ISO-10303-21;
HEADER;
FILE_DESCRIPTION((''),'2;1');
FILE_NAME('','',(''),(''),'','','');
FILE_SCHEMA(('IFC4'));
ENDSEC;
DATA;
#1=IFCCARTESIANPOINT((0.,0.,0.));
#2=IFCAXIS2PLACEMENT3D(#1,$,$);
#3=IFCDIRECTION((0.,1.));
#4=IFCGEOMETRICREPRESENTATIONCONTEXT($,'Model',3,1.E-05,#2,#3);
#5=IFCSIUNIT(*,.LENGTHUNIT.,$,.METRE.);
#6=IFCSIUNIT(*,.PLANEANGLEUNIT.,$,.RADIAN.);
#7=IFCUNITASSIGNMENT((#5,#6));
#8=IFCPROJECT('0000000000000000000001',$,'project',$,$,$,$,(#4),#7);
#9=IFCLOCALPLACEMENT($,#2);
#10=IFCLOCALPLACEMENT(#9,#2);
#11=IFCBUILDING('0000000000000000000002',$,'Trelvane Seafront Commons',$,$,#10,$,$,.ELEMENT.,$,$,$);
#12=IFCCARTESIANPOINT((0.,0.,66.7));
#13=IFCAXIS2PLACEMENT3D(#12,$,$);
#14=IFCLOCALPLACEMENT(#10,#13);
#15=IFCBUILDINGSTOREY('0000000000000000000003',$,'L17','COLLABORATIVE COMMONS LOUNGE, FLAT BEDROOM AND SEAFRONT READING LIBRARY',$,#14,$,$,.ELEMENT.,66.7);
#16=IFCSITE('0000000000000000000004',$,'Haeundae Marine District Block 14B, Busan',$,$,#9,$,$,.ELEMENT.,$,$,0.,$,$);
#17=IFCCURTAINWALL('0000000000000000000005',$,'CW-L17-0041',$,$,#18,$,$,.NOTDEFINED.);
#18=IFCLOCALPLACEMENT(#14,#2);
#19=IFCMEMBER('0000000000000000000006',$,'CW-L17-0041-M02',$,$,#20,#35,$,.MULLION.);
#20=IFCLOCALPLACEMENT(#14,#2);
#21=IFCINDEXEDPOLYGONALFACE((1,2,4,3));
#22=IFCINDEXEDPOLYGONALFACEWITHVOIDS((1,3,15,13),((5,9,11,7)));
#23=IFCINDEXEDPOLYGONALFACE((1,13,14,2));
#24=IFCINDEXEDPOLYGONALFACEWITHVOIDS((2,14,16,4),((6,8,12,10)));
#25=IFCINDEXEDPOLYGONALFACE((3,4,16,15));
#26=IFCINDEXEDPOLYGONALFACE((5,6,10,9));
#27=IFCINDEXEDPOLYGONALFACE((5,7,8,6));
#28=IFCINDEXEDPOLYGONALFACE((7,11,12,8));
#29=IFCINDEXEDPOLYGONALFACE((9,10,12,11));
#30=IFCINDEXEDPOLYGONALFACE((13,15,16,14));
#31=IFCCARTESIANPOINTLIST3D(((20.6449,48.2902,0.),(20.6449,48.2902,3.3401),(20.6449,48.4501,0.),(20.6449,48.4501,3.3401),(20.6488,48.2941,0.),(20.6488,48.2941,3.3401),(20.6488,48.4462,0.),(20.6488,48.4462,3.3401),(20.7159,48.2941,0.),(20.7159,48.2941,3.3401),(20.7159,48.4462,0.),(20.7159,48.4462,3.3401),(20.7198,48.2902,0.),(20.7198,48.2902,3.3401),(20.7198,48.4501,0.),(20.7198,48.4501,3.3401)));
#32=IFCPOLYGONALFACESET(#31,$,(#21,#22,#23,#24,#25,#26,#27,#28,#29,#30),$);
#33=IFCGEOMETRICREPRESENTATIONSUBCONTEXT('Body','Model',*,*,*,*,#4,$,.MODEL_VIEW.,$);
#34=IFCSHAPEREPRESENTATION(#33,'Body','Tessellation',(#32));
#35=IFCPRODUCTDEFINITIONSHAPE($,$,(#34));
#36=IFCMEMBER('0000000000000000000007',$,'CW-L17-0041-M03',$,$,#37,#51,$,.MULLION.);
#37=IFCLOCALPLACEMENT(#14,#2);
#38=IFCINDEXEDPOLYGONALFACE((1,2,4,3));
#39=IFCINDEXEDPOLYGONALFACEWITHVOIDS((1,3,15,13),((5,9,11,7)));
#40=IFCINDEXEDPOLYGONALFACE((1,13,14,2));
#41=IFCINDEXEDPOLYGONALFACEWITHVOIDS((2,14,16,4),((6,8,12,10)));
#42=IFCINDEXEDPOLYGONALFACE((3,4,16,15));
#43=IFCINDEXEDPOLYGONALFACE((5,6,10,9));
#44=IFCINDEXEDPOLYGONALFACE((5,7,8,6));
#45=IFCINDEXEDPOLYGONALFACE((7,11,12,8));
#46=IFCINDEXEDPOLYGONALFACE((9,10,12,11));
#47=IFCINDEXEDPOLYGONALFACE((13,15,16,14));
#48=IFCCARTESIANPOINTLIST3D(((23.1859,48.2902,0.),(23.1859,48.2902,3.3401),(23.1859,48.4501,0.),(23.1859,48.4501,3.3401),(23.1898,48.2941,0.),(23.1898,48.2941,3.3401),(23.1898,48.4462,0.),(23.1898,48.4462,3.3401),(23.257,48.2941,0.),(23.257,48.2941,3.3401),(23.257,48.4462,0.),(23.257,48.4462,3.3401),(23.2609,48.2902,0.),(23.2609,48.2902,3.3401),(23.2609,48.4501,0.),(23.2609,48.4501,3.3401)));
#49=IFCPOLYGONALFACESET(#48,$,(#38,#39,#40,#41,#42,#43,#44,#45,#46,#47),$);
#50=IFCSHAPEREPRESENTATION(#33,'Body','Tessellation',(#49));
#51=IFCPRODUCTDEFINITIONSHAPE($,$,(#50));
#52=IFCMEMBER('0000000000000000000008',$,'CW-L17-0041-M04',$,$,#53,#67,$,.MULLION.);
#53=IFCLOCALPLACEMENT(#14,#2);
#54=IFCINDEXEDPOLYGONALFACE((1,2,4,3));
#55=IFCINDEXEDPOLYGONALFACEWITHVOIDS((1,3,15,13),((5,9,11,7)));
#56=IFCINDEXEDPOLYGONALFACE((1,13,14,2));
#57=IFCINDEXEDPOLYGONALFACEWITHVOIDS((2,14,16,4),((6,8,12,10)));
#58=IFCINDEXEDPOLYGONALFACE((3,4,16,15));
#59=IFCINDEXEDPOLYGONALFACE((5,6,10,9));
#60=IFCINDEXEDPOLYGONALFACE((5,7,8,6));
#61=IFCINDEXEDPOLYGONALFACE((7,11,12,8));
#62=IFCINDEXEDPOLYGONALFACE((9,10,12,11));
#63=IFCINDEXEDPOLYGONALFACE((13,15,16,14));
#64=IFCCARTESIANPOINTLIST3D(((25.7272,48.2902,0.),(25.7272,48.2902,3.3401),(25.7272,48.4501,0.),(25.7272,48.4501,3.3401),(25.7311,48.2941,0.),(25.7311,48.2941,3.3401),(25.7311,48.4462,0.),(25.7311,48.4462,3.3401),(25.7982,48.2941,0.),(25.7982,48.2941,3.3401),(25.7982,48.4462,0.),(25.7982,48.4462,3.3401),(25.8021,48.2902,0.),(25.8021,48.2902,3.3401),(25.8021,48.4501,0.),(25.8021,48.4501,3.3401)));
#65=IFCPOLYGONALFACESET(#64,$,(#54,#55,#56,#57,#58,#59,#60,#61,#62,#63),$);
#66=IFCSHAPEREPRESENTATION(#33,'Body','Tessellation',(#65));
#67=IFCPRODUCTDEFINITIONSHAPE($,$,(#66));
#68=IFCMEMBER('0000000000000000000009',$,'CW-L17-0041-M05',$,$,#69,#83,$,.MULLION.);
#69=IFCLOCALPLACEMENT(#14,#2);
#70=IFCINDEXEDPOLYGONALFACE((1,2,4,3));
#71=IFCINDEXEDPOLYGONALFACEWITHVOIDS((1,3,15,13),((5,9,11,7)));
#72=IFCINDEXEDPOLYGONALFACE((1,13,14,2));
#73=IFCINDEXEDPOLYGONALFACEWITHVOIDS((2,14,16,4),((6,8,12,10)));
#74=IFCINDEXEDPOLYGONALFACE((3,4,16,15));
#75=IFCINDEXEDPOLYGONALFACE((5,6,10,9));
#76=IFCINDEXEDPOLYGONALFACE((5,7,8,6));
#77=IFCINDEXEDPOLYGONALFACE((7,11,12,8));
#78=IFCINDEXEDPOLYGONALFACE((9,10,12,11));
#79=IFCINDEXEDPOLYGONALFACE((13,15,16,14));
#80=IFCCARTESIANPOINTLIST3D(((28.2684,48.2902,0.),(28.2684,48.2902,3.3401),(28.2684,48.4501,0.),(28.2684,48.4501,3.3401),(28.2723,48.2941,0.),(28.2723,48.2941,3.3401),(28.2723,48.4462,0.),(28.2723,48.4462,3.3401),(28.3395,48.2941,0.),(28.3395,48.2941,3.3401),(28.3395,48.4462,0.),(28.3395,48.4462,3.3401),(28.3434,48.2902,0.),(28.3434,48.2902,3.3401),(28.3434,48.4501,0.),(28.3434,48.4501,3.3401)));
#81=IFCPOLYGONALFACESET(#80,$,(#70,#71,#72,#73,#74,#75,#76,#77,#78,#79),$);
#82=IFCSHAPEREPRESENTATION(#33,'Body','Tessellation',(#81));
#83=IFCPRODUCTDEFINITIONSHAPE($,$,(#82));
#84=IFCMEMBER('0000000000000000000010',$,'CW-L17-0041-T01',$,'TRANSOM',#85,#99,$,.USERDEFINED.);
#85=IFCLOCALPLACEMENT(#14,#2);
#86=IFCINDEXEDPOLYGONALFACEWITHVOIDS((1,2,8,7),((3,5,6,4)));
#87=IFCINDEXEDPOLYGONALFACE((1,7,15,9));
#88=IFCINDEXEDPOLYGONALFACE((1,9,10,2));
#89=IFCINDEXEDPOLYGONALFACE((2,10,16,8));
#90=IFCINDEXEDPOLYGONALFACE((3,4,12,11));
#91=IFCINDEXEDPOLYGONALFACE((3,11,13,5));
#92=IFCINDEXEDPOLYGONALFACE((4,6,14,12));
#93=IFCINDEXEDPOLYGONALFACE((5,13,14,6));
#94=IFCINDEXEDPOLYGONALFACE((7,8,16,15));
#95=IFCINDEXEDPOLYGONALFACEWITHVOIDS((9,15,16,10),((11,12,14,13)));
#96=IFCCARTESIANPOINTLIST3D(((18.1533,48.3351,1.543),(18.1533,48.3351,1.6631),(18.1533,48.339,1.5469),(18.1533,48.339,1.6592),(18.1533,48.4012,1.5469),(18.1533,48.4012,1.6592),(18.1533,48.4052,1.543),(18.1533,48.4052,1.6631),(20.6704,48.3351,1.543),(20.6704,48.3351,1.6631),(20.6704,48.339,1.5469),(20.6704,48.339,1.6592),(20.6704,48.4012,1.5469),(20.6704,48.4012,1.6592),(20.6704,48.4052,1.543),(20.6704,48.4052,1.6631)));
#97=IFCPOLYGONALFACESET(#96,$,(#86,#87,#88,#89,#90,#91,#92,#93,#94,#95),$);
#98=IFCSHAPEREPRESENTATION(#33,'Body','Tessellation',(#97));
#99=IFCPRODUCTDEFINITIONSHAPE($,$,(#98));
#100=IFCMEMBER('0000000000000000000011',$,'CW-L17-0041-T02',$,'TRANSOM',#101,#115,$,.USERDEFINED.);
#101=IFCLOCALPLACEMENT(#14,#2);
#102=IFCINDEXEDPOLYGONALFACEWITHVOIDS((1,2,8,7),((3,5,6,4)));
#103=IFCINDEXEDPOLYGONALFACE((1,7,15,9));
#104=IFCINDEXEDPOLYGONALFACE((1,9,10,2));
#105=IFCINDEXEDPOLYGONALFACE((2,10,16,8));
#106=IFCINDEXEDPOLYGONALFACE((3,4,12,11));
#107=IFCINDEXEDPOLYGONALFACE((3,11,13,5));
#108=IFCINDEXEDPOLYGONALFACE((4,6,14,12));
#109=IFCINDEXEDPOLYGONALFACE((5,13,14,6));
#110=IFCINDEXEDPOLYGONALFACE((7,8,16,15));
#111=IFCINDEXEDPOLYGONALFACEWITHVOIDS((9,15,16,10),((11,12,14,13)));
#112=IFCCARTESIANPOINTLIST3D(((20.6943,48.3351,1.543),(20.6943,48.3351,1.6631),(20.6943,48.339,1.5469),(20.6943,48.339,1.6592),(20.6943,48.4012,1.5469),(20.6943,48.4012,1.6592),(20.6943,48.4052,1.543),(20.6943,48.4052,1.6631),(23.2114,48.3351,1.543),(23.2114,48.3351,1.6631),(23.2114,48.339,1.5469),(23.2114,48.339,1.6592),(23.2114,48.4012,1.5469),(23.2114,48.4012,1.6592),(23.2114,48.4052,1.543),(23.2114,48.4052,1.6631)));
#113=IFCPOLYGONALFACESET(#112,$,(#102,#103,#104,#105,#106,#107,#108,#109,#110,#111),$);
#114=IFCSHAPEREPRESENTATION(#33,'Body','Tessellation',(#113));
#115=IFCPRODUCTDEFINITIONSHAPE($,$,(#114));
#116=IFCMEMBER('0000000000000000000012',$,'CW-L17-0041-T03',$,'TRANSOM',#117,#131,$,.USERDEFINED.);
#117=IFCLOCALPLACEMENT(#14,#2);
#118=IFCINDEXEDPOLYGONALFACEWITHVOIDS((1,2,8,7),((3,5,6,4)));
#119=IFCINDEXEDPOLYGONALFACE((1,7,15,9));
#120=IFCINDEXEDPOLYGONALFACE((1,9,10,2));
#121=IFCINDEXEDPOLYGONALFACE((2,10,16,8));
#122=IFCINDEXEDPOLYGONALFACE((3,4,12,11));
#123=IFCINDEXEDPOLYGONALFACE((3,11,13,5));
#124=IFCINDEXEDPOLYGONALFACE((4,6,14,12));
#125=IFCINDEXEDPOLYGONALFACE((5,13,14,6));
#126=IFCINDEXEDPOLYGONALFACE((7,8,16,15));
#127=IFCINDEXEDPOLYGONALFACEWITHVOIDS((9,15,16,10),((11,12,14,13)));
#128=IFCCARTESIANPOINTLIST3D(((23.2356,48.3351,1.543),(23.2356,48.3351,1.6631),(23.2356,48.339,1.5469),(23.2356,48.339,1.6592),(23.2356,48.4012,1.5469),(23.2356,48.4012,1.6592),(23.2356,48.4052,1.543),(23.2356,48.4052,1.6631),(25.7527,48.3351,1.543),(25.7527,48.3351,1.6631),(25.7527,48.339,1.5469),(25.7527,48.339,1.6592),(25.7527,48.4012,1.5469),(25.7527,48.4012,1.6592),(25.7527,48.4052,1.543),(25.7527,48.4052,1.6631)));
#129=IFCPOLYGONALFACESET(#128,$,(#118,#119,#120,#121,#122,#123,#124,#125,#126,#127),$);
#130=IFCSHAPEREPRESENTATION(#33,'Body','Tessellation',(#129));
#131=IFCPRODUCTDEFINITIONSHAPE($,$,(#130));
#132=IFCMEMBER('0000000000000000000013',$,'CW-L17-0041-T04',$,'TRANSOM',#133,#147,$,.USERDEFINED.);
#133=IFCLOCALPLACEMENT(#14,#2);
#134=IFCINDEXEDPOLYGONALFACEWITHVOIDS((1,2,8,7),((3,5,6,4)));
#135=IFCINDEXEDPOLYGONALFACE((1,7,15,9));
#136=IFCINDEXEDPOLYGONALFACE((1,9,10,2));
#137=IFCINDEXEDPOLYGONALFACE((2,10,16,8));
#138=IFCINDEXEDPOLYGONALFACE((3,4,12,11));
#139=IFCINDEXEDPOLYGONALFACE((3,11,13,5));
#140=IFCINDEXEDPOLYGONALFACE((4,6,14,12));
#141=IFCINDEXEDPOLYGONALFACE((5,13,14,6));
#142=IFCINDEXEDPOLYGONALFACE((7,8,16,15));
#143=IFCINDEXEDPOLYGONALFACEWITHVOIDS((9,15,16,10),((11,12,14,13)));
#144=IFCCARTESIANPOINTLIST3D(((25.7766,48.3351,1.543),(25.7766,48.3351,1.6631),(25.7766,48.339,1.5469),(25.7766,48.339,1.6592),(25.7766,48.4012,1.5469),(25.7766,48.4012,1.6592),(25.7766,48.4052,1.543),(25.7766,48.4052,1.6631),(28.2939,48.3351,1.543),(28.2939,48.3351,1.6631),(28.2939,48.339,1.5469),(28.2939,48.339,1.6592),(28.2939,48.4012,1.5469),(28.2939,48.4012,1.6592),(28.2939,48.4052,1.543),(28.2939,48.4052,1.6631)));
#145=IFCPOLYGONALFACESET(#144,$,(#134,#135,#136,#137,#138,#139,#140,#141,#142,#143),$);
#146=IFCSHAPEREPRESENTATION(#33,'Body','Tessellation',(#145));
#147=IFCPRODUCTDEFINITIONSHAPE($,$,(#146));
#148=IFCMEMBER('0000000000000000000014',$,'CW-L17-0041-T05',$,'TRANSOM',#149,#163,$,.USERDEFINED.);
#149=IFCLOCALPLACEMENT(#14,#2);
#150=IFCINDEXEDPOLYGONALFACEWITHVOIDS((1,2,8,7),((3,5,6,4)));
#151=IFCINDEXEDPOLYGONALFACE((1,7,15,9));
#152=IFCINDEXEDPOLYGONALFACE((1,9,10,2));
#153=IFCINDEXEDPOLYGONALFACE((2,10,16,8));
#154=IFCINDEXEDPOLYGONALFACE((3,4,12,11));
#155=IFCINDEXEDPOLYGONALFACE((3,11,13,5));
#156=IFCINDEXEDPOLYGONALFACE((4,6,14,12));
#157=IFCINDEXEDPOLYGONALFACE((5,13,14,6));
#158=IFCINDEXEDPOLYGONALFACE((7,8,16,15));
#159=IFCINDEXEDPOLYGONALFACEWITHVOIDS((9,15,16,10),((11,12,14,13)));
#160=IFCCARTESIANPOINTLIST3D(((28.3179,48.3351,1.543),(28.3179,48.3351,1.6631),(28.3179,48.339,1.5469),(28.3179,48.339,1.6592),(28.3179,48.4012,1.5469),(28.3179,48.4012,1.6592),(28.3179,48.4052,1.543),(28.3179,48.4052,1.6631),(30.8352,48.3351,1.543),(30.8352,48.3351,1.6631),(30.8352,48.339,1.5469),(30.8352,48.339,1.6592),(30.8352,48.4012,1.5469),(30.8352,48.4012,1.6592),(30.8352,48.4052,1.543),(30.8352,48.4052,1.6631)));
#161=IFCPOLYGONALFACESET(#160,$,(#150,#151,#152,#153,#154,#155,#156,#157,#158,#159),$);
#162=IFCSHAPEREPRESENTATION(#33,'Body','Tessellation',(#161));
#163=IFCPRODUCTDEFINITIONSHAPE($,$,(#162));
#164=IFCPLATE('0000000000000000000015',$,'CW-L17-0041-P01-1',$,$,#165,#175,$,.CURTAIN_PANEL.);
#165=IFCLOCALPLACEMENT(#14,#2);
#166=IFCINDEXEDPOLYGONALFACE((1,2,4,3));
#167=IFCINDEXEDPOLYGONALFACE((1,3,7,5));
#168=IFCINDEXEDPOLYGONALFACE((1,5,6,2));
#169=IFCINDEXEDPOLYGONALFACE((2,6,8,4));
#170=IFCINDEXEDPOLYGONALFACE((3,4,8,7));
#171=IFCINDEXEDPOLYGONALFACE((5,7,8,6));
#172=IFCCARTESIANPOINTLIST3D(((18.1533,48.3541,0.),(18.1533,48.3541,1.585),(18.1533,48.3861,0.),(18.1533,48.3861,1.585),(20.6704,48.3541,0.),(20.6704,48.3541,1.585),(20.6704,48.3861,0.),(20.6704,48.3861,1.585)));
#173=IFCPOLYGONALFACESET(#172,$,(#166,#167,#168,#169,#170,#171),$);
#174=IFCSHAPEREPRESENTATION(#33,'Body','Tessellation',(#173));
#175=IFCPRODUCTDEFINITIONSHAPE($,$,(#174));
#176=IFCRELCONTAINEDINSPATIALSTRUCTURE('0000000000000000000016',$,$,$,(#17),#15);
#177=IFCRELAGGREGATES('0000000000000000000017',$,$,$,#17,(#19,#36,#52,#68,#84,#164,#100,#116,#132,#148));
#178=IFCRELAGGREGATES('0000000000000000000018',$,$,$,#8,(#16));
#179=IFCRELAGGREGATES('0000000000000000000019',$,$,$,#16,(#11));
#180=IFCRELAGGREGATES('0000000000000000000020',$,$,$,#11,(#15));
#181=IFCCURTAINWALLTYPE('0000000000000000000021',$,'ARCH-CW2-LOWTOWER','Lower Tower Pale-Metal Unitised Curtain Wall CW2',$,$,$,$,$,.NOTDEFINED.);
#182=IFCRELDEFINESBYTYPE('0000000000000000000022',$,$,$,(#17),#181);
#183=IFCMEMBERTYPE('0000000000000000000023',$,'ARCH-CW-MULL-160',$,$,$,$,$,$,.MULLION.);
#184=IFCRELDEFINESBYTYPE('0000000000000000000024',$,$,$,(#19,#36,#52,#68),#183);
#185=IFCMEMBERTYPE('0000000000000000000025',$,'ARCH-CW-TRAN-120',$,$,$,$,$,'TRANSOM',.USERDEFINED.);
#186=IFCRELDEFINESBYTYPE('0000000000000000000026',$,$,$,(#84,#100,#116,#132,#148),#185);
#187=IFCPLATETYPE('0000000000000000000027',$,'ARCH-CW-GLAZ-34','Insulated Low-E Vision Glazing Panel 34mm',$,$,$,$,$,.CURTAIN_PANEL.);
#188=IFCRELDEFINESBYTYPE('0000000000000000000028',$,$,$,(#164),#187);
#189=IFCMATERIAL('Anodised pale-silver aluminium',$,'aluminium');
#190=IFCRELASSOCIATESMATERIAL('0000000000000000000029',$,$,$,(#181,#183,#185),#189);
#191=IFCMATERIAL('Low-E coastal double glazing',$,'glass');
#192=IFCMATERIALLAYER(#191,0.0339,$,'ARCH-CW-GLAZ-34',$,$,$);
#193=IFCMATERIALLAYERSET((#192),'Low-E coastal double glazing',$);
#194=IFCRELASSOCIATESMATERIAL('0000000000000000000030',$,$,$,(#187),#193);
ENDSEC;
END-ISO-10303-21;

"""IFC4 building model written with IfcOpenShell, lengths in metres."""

from ifc_helpers import new_model, si_unit, direction, frame, origin, origin_2d, place, context, subcontext, project, spatial, rectangle, hollow_rectangle, extrude, source, transform, mapped, material, layer, layer_set, material_profile, profile_set, type_object, element, aggregate, save


model = new_model("IFC4")

# Units and contexts
model_context = context("Model", 3, precision=1e-05, world=origin(), true_north=direction((0.0, 1.0)))
body_context = subcontext(model_context, "Body", "Model", "MODEL_VIEW")
ifc_project = project(units=[si_unit("LENGTHUNIT", "METRE"), si_unit("PLANEANGLEUNIT", "RADIAN")], contexts=[model_context])

# Site, building, storey
site_placement = place(None, origin())
site = spatial("IfcSite", under=ifc_project, at=site_placement, Name="Haeundae Marine District Block 14B, Busan", CompositionType="ELEMENT", RefElevation=0.0)
building_placement = place(site_placement, origin())
building = spatial("IfcBuilding", under=site, at=building_placement, Name="Trelvane Seafront Commons", CompositionType="ELEMENT")
storey_placement = place(building_placement, frame((0.0, 0.0, 66.7)))
storey = spatial("IfcBuildingStorey", under=building, at=storey_placement, Name="L17", Description="COLLABORATIVE COMMONS LOUNGE, FLAT BEDROOM AND SEAFRONT READING LIBRARY", CompositionType="ELEMENT", Elevation=66.7)

# Curtain wall, members, plate
ifc_material_1 = material(Name="Anodised pale-silver aluminium", Category="aluminium")
curtain_wall_type = type_object("IfcCurtainWallType", Name="ARCH-CW2-LOWTOWER", Description="Lower Tower Pale-Metal Unitised Curtain Wall CW2", PredefinedType="NOTDEFINED", material=ifc_material_1)
curtain_wall_placement = place(storey_placement, origin())
curtain_wall = element("IfcCurtainWall", 1, at=curtain_wall_placement, inside=storey, type_object=curtain_wall_type, Name="CW-L17-0041", PredefinedType="NOTDEFINED")
ifc_material_profile_1 = material_profile(ifc_material_1, hollow_rectangle(XDim=0.075, YDim=0.1599, WallThickness=0.0039, at=origin_2d()), Name="MULL-75x160x4")
ifc_profile_set_1 = profile_set([ifc_material_profile_1], Name="Anodised pale-silver aluminium")
member_type_1 = type_object("IfcMemberType", Name="ARCH-CW-MULL-160", PredefinedType="MULLION", material=ifc_profile_set_1)
shared_shape_1 = source(origin(), body_context, "Body", "SweptSolid", [
    extrude(hollow_rectangle(XDim=0.075, YDim=0.1599, WallThickness=0.0039, at=origin_2d()), origin(), (0.0, 0.0, 1.0), 3.3401),
])
member_1_placement = place(storey_placement, frame((20.6824, 48.3701, 0.0), z_axis=(0.0, 0.0, 1.0), x_axis=(1.0, 0.0, 0.0)))
member_1 = element("IfcMember", 2, at=member_1_placement, type_object=member_type_1, Name="CW-L17-0041-M02", PredefinedType="MULLION", context=body_context, shape_type="MappedRepresentation", body=[
    mapped(shared_shape_1, transform((0.0, 0.0, 0.0), x_axis=(1.0, 0.0, 0.0), y_axis=(0.0, 1.0, 0.0), z_axis=(0.0, 0.0, 1.0), scale=1.0)),
])
member_2_placement = place(storey_placement, frame((23.2234, 48.3701, 0.0), z_axis=(0.0, 0.0, 1.0), x_axis=(1.0, 0.0, 0.0)))
member_2 = element("IfcMember", 3, at=member_2_placement, type_object=member_type_1, Name="CW-L17-0041-M03", PredefinedType="MULLION", context=body_context, shape_type="MappedRepresentation", body=[
    mapped(shared_shape_1, transform((0.0, 0.0, 0.0), x_axis=(1.0, 0.0, 0.0), y_axis=(0.0, 1.0, 0.0), z_axis=(0.0, 0.0, 1.0), scale=1.0)),
])
member_3_placement = place(storey_placement, frame((25.7646, 48.3701, 0.0), z_axis=(0.0, 0.0, 1.0), x_axis=(1.0, 0.0, 0.0)))
member_3 = element("IfcMember", 4, at=member_3_placement, type_object=member_type_1, Name="CW-L17-0041-M04", PredefinedType="MULLION", context=body_context, shape_type="MappedRepresentation", body=[
    mapped(shared_shape_1, transform((0.0, 0.0, 0.0), x_axis=(1.0, 0.0, 0.0), y_axis=(0.0, 1.0, 0.0), z_axis=(0.0, 0.0, 1.0), scale=1.0)),
])
member_4_placement = place(storey_placement, frame((28.3059, 48.3701, 0.0), z_axis=(0.0, 0.0, 1.0), x_axis=(1.0, 0.0, 0.0)))
member_4 = element("IfcMember", 5, at=member_4_placement, type_object=member_type_1, Name="CW-L17-0041-M05", PredefinedType="MULLION", context=body_context, shape_type="MappedRepresentation", body=[
    mapped(shared_shape_1, transform((0.0, 0.0, 0.0), x_axis=(1.0, 0.0, 0.0), y_axis=(0.0, 1.0, 0.0), z_axis=(0.0, 0.0, 1.0), scale=1.0)),
])
ifc_material_profile_2 = material_profile(ifc_material_1, hollow_rectangle(XDim=0.0701, YDim=0.1201, WallThickness=0.0039, at=origin_2d()), Name="TRAN-70x120x4")
ifc_profile_set_2 = profile_set([ifc_material_profile_2], Name="Anodised pale-silver aluminium")
member_type_2 = type_object("IfcMemberType", Name="ARCH-CW-TRAN-120", ElementType="TRANSOM", PredefinedType="USERDEFINED", material=ifc_profile_set_2)
shared_shape_2 = source(origin(), body_context, "Body", "SweptSolid", [
    extrude(hollow_rectangle(XDim=0.0701, YDim=0.1201, WallThickness=0.0039, at=origin_2d()), origin(), (0.0, 0.0, 1.0), 2.5171),
])
member_5_placement = place(storey_placement, frame((18.1533, 48.3701, 1.603), z_axis=(1.0, 0.0, 0.0), x_axis=(0.0, 1.0, 0.0)))
member_5 = element("IfcMember", 6, at=member_5_placement, type_object=member_type_2, Name="CW-L17-0041-T01", ObjectType="TRANSOM", PredefinedType="USERDEFINED", context=body_context, shape_type="MappedRepresentation", body=[
    mapped(shared_shape_2, transform((0.0, 0.0, 0.0), x_axis=(1.0, 0.0, 0.0), y_axis=(0.0, 1.0, 0.0), z_axis=(0.0, 0.0, 1.0), scale=1.0)),
])
member_6_placement = place(storey_placement, frame((20.6943, 48.3701, 1.603), z_axis=(1.0, 0.0, 0.0), x_axis=(0.0, 1.0, 0.0)))
member_6 = element("IfcMember", 7, at=member_6_placement, type_object=member_type_2, Name="CW-L17-0041-T02", ObjectType="TRANSOM", PredefinedType="USERDEFINED", context=body_context, shape_type="MappedRepresentation", body=[
    mapped(shared_shape_2, transform((0.0, 0.0, 0.0), x_axis=(1.0, 0.0, 0.0), y_axis=(0.0, 1.0, 0.0), z_axis=(0.0, 0.0, 1.0), scale=1.0)),
])
member_7_placement = place(storey_placement, frame((23.2356, 48.3701, 1.603), z_axis=(1.0, 0.0, 0.0), x_axis=(0.0, 1.0, 0.0)))
member_7 = element("IfcMember", 8, at=member_7_placement, type_object=member_type_2, Name="CW-L17-0041-T03", ObjectType="TRANSOM", PredefinedType="USERDEFINED", context=body_context, shape_type="MappedRepresentation", body=[
    mapped(shared_shape_2, transform((0.0, 0.0, 0.0), x_axis=(1.0, 0.0, 0.0), y_axis=(0.0, 1.0, 0.0), z_axis=(0.0, 0.0, 1.0), scale=1.0)),
])
shared_shape_3 = source(origin(), body_context, "Body", "SweptSolid", [
    extrude(hollow_rectangle(XDim=0.0701, YDim=0.1201, WallThickness=0.0039, at=origin_2d()), origin(), (0.0, 0.0, 1.0), 2.5173),
])
member_8_placement = place(storey_placement, frame((25.7766, 48.3701, 1.603), z_axis=(1.0, 0.0, 0.0), x_axis=(0.0, 1.0, 0.0)))
member_8 = element("IfcMember", 9, at=member_8_placement, type_object=member_type_2, Name="CW-L17-0041-T04", ObjectType="TRANSOM", PredefinedType="USERDEFINED", context=body_context, shape_type="MappedRepresentation", body=[
    mapped(shared_shape_3, transform((0.0, 0.0, 0.0), x_axis=(1.0, 0.0, 0.0), y_axis=(0.0, 1.0, 0.0), z_axis=(0.0, 0.0, 1.0), scale=1.0)),
])
member_9_placement = place(storey_placement, frame((28.3179, 48.3701, 1.603), z_axis=(1.0, 0.0, 0.0), x_axis=(0.0, 1.0, 0.0)))
member_9 = element("IfcMember", 10, at=member_9_placement, type_object=member_type_2, Name="CW-L17-0041-T05", ObjectType="TRANSOM", PredefinedType="USERDEFINED", context=body_context, shape_type="MappedRepresentation", body=[
    mapped(shared_shape_3, transform((0.0, 0.0, 0.0), x_axis=(1.0, 0.0, 0.0), y_axis=(0.0, 1.0, 0.0), z_axis=(0.0, 0.0, 1.0), scale=1.0)),
])
ifc_material_2 = material(Name="Low-E coastal double glazing", Category="glass")
ifc_layer_1 = layer(ifc_material_2, 0.0339, Name="ARCH-CW-GLAZ-34")
ifc_layer_set_1 = layer_set([ifc_layer_1], Name="Low-E coastal double glazing")
plate_type_1 = type_object("IfcPlateType", Name="ARCH-CW-GLAZ-34", Description="Insulated Low-E Vision Glazing Panel 34mm", PredefinedType="CURTAIN_PANEL", material=ifc_layer_set_1)
shared_shape_4 = source(origin(), body_context, "Body", "SweptSolid", [
    extrude(rectangle(XDim=2.5171, YDim=0.032, at=origin_2d()), origin(), (0.0, 0.0, 1.0), 1.585),
])
plate_1_placement = place(storey_placement, frame((19.4119, 48.3701, 0.0), z_axis=(0.0, 0.0, 1.0), x_axis=(1.0, 0.0, 0.0)))
plate_1 = element("IfcPlate", 11, at=plate_1_placement, type_object=plate_type_1, Name="CW-L17-0041-P01-1", PredefinedType="CURTAIN_PANEL", context=body_context, shape_type="MappedRepresentation", body=[
    mapped(shared_shape_4, transform((0.0, 0.0, 0.0), x_axis=(1.0, 0.0, 0.0), y_axis=(0.0, 1.0, 0.0), z_axis=(0.0, 0.0, 1.0), scale=1.0)),
])
aggregate(curtain_wall, [member_1, member_2, member_3, member_4, member_5, plate_1, member_6, member_7, member_8, member_9])

save(model, "model.ifc")
